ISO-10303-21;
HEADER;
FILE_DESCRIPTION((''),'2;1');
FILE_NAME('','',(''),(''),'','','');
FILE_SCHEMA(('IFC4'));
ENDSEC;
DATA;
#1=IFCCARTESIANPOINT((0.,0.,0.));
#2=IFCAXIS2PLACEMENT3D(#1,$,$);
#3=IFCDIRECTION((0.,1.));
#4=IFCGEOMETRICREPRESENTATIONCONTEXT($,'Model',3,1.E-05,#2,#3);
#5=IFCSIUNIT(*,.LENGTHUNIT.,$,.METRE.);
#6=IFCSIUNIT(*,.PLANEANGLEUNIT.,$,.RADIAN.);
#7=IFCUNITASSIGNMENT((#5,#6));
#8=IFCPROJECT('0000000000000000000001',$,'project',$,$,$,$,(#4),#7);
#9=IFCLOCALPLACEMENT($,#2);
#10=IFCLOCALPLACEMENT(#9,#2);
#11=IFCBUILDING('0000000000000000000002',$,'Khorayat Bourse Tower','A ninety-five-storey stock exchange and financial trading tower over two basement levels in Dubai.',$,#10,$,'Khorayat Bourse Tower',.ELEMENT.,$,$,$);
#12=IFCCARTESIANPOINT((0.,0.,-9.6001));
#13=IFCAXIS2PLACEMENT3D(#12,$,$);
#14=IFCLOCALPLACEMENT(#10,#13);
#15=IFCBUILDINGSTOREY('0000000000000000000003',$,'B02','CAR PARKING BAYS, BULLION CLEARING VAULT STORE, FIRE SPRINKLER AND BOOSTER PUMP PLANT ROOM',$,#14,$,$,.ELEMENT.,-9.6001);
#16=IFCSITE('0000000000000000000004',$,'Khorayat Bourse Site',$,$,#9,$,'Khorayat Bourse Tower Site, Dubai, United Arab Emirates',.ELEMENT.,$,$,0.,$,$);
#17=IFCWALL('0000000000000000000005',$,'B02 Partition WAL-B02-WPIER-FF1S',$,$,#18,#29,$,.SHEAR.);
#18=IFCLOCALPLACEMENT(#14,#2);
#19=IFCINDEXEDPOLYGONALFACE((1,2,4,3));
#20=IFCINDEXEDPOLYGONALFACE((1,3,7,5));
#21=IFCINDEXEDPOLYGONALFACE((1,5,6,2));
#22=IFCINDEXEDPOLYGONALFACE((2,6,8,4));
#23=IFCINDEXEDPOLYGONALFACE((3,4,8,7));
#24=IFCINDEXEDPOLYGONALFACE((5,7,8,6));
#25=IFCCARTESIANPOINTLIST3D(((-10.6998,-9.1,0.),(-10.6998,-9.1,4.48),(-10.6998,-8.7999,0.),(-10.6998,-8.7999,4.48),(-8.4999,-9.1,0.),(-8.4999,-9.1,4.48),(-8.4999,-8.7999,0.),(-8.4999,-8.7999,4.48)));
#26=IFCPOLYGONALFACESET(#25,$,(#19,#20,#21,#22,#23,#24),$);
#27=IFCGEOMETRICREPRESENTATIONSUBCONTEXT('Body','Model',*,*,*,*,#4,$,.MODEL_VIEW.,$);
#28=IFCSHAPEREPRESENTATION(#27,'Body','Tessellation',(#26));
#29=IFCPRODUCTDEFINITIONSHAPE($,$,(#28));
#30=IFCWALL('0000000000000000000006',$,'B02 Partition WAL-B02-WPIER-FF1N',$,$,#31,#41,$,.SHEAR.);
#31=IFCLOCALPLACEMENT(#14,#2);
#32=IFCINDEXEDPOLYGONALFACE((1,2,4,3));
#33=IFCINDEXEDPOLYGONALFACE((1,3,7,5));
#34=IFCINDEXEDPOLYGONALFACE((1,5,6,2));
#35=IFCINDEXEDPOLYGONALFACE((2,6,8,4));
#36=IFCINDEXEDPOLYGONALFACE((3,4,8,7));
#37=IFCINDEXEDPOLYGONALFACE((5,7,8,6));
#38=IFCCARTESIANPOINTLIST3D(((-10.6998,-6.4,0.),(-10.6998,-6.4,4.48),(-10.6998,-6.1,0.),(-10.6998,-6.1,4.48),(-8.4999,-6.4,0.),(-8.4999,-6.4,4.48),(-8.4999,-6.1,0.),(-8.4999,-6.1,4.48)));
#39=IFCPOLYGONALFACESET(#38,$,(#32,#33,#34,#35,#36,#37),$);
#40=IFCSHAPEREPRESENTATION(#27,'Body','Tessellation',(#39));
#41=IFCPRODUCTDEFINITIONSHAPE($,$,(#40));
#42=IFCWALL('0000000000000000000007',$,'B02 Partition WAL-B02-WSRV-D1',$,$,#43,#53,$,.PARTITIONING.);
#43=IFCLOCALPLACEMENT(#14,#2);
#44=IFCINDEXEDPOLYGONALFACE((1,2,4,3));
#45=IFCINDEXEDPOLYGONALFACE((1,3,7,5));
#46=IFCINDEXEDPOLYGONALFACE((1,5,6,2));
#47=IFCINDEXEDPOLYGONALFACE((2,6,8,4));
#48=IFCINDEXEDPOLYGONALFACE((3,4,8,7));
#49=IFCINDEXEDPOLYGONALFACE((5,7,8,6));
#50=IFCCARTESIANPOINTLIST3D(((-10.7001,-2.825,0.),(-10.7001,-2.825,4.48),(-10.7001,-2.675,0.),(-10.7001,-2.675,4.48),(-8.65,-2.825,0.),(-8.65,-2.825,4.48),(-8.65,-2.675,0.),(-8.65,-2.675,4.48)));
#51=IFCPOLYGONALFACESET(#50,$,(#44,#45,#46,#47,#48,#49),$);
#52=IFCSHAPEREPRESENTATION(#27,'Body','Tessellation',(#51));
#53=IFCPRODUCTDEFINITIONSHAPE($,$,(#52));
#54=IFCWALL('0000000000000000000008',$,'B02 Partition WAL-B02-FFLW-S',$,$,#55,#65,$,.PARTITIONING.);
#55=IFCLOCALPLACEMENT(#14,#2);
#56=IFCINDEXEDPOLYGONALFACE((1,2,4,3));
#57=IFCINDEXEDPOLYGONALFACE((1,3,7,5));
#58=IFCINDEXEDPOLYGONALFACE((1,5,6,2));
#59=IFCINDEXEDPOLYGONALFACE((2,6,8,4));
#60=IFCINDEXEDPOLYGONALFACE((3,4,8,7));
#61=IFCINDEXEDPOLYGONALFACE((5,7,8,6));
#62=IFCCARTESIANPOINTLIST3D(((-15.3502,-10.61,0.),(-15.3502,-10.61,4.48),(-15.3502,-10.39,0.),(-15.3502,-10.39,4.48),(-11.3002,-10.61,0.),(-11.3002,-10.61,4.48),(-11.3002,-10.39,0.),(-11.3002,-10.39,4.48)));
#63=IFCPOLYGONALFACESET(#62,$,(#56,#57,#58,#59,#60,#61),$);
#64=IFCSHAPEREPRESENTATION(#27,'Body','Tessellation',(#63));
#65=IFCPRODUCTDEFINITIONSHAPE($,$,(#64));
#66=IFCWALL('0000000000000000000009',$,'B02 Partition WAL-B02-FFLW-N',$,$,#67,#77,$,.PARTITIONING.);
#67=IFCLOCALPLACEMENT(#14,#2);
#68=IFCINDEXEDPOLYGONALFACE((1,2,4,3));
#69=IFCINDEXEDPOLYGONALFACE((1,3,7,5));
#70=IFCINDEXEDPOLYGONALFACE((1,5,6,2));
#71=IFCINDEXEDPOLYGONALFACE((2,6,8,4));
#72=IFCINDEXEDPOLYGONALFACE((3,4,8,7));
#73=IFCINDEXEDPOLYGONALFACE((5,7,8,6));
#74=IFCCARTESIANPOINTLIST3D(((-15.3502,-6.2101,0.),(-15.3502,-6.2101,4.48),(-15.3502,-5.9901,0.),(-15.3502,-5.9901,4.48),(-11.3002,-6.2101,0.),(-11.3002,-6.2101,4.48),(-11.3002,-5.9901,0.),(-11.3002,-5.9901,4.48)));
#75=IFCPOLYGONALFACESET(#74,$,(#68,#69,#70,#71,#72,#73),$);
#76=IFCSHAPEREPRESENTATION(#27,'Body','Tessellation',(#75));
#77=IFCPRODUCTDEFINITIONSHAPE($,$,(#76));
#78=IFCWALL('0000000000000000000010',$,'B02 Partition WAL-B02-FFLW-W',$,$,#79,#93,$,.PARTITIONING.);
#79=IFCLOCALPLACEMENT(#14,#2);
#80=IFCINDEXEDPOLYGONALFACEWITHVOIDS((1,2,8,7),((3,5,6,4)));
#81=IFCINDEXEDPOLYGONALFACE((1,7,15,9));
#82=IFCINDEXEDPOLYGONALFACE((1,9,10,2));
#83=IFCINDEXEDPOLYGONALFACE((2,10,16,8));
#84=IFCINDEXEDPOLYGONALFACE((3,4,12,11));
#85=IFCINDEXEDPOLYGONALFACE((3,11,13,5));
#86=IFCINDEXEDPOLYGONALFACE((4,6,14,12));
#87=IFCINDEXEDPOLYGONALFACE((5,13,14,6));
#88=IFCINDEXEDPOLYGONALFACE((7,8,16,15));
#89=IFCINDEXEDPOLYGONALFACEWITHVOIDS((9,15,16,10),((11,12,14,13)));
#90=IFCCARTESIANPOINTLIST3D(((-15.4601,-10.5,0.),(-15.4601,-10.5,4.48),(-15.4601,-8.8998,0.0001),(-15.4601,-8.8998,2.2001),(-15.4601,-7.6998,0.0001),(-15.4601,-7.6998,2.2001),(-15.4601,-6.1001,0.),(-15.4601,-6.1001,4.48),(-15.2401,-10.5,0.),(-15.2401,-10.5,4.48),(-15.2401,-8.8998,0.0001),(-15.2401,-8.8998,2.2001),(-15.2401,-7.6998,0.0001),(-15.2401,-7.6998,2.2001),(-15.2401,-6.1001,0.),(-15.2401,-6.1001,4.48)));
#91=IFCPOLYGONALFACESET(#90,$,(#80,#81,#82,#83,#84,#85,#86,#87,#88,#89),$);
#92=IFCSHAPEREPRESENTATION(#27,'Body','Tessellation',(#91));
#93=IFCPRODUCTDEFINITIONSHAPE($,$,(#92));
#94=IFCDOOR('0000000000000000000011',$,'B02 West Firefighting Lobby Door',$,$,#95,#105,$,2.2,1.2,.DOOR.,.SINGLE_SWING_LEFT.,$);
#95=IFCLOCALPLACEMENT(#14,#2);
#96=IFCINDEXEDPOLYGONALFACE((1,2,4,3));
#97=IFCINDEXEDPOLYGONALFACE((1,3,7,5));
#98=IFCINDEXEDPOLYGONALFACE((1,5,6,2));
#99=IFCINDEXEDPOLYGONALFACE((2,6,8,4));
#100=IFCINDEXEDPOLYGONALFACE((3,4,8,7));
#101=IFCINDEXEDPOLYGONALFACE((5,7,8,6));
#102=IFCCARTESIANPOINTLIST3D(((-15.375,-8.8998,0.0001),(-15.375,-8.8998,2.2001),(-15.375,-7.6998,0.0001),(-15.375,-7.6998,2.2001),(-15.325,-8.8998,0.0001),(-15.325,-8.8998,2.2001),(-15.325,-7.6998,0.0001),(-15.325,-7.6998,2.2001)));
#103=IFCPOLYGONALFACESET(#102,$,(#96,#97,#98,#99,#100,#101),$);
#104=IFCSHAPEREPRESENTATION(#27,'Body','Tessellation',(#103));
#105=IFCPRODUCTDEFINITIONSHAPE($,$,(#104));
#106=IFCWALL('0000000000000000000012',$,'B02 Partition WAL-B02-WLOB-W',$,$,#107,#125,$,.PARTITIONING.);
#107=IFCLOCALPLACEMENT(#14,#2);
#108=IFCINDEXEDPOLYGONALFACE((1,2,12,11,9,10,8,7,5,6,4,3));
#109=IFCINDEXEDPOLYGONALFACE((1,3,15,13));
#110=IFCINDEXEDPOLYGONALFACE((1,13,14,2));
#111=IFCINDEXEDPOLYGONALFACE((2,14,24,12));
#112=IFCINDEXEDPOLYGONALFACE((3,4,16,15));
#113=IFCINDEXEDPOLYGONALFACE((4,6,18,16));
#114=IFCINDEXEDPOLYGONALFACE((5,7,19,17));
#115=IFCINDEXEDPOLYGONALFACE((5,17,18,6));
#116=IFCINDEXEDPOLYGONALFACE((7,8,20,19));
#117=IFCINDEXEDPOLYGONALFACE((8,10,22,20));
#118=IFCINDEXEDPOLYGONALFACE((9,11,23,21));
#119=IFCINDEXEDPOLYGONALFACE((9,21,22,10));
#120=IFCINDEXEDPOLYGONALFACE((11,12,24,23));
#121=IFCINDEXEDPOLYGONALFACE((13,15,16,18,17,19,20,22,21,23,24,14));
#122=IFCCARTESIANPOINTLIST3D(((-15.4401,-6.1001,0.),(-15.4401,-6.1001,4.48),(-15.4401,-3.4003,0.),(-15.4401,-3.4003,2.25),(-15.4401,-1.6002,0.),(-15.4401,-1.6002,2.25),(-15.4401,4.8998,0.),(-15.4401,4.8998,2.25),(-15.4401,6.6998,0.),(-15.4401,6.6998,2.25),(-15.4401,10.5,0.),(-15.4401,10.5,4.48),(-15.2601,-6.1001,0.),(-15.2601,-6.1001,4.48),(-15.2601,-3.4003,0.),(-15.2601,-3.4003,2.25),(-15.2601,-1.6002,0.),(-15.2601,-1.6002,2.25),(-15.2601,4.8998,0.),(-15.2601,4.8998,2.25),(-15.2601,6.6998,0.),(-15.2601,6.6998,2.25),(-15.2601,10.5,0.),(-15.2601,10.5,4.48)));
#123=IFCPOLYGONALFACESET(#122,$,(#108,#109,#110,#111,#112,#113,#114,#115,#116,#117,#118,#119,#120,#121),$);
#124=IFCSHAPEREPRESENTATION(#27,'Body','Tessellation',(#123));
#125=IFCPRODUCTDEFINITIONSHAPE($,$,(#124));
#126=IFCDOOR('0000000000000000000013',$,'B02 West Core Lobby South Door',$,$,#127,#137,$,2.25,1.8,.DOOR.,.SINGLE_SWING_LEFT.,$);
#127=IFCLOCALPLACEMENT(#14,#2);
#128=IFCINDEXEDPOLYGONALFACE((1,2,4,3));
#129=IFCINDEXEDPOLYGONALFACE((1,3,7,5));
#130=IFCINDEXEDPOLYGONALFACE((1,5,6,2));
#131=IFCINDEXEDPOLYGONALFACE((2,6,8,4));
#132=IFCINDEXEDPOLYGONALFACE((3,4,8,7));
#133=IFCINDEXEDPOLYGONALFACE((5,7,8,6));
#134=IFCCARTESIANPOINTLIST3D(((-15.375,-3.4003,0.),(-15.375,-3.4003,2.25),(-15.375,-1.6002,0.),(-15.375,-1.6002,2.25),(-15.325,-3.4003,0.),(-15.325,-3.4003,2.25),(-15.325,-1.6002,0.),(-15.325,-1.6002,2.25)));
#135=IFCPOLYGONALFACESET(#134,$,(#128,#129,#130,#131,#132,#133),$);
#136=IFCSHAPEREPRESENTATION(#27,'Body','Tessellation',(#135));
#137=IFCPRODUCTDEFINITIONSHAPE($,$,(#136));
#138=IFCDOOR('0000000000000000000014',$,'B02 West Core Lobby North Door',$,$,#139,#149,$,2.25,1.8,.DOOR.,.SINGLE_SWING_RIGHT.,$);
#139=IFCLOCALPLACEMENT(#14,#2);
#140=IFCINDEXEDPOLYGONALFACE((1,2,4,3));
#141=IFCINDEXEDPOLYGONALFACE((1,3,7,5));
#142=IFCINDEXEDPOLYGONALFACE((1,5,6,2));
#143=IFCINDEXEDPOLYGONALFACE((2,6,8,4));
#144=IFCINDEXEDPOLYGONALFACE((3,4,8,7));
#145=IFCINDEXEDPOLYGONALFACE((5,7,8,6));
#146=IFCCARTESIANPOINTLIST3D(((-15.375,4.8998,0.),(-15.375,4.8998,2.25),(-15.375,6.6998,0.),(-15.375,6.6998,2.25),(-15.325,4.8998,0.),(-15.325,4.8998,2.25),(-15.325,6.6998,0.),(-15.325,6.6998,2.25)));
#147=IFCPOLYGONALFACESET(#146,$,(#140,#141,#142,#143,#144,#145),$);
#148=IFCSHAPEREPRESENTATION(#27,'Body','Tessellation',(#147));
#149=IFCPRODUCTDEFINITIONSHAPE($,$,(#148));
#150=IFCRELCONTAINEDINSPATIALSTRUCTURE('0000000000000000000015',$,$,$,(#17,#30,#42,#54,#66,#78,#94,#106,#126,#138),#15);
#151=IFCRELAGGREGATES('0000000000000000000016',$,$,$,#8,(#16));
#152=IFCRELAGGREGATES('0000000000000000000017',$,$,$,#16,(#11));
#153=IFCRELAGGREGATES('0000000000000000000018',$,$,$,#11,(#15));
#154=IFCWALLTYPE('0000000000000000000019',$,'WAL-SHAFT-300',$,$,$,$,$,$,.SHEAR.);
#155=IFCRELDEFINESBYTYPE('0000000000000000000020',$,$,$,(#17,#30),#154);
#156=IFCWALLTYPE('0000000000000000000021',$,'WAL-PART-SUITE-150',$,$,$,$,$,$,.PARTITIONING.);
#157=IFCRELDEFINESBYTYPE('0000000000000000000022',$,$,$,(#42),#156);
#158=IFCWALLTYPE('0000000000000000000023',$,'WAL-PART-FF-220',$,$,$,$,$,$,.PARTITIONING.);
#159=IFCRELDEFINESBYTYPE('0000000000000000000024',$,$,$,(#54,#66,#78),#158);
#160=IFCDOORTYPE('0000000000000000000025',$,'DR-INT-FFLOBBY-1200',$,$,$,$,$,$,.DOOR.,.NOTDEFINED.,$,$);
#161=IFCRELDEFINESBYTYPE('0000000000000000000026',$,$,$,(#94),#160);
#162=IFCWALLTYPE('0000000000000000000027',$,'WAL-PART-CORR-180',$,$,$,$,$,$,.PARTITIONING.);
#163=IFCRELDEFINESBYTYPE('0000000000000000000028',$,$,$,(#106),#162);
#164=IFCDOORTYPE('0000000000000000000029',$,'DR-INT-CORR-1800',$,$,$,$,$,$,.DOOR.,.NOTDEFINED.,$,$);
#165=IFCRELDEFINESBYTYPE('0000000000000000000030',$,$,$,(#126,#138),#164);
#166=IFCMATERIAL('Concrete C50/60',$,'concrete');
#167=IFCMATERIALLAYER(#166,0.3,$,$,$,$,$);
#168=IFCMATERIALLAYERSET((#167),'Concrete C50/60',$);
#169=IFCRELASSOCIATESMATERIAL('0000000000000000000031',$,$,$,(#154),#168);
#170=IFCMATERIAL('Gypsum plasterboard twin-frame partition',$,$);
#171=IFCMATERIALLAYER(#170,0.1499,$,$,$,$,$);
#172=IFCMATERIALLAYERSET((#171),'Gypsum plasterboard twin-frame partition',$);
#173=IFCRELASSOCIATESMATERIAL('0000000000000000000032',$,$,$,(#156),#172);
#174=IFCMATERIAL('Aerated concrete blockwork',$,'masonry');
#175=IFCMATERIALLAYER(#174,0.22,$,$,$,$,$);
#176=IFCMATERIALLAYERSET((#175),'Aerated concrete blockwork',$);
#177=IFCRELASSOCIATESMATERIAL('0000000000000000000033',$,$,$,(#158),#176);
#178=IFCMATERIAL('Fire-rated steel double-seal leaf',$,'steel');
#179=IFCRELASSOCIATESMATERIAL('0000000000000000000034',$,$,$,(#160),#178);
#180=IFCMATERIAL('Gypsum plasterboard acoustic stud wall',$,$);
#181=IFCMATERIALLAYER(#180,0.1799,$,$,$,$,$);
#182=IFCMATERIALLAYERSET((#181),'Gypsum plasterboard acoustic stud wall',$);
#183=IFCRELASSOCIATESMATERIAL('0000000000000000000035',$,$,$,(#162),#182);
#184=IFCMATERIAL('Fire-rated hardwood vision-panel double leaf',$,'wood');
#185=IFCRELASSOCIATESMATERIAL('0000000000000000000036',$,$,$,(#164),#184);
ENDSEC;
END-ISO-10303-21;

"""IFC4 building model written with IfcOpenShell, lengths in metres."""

from ifc_helpers import new_model, si_unit, direction, frame, frame_2d, origin, place, context, subcontext, project, spatial, rectangle, extrude, source, transform, mapped, material, layer, layer_set, type_object, element, fill, save


model = new_model("IFC4")

# Units and contexts
model_context = context("Model", 3, precision=1e-05, world=origin(), true_north=direction((0.0, 1.0)))
body_context = subcontext(model_context, "Body", "Model", "MODEL_VIEW")
ifc_project = project(units=[si_unit("LENGTHUNIT", "METRE"), si_unit("PLANEANGLEUNIT", "RADIAN")], contexts=[model_context])

# Site, building, storey
site_placement = place(None, origin())
site = spatial("IfcSite", under=ifc_project, at=site_placement, Name="Khorayat Bourse Site", LongName="Khorayat Bourse Tower Site, Dubai, United Arab Emirates", CompositionType="ELEMENT", RefElevation=0.0)
building_placement = place(site_placement, origin())
building = spatial("IfcBuilding", under=site, at=building_placement, Name="Khorayat Bourse Tower", Description="A ninety-five-storey stock exchange and financial trading tower over two basement levels in Dubai.", LongName="Khorayat Bourse Tower", CompositionType="ELEMENT")
storey_placement = place(building_placement, frame((0.0, 0.0, -9.6001)))
storey = spatial("IfcBuildingStorey", under=building, at=storey_placement, Name="B02", Description="CAR PARKING BAYS, BULLION CLEARING VAULT STORE, FIRE SPRINKLER AND BOOSTER PUMP PLANT ROOM", CompositionType="ELEMENT", Elevation=-9.6001)

# Shared definitions
ifc_material_1 = material(Name="Concrete C50/60", Category="concrete")

# Walls
ifc_layer_1 = layer(ifc_material_1, 0.3)
ifc_layer_set_1 = layer_set([ifc_layer_1], Name="Concrete C50/60")
wall_type_1 = type_object("IfcWallType", Name="WAL-SHAFT-300", PredefinedType="SHEAR", material=ifc_layer_set_1)
shared_shape_1 = source(origin(), body_context, "Body", "SweptSolid", [
    extrude(rectangle(XDim=2.2, YDim=0.3, at=frame_2d((1.1001, 0.0))), origin(), (0.0, 0.0, 1.0), 4.48),
])
for number, where, z_axis, x_axis, name in (
    (1, (-10.7, -8.95, 0.0), (0.0, 0.0, 1.0), (1.0, 0.0, 0.0), "B02 Partition WAL-B02-WPIER-FF1S"),
    (2, (-10.7, -6.25, 0.0), (0.0, 0.0, 1.0), (1.0, 0.0, 0.0), "B02 Partition WAL-B02-WPIER-FF1N"),
):
    element("IfcWall", number, at=place(storey_placement, frame(where, z_axis=z_axis, x_axis=x_axis)), inside=storey, type_object=wall_type_1, Name=name, PredefinedType="SHEAR", context=body_context, shape_type="MappedRepresentation", body=[
        mapped(shared_shape_1, transform((0.0, 0.0, 0.0), scale=1.0)),
    ])
ifc_material_2 = material(Name="Gypsum plasterboard twin-frame partition")
ifc_layer_2 = layer(ifc_material_2, 0.1499)
ifc_layer_set_2 = layer_set([ifc_layer_2], Name="Gypsum plasterboard twin-frame partition")
wall_type_2 = type_object("IfcWallType", Name="WAL-PART-SUITE-150", PredefinedType="PARTITIONING", material=ifc_layer_set_2)
shared_shape_2 = source(origin(), body_context, "Body", "SweptSolid", [
    extrude(rectangle(XDim=2.05, YDim=0.1499, at=frame_2d((1.0249, 0.0))), origin(), (0.0, 0.0, 1.0), 4.48),
])
wall_1_placement = place(storey_placement, frame((-10.7, -2.75, 0.0), z_axis=(0.0, 0.0, 1.0), x_axis=(1.0, 0.0, 0.0)))
element("IfcWall", 3, at=wall_1_placement, inside=storey, type_object=wall_type_2, Name="B02 Partition WAL-B02-WSRV-D1", PredefinedType="PARTITIONING", context=body_context, shape_type="MappedRepresentation", body=[
    mapped(shared_shape_2, transform((0.0, 0.0, 0.0), scale=1.0)),
])
ifc_material_3 = material(Name="Aerated concrete blockwork", Category="masonry")
ifc_layer_3 = layer(ifc_material_3, 0.22)
ifc_layer_set_3 = layer_set([ifc_layer_3], Name="Aerated concrete blockwork")
wall_type_3 = type_object("IfcWallType", Name="WAL-PART-FF-220", PredefinedType="PARTITIONING", material=ifc_layer_set_3)
shared_shape_3 = source(origin(), body_context, "Body", "SweptSolid", [
    extrude(rectangle(XDim=4.05, YDim=0.22, at=frame_2d((2.0249, 0.0))), origin(), (0.0, 0.0, 1.0), 4.48),
])
for number, where, z_axis, x_axis, name in (
    (4, (-15.3501, -10.5, 0.0), (0.0, 0.0, 1.0), (1.0, 0.0, 0.0), "B02 Partition WAL-B02-FFLW-S"),
    (5, (-15.3501, -6.1001, 0.0), (0.0, 0.0, 1.0), (1.0, 0.0, 0.0), "B02 Partition WAL-B02-FFLW-N"),
):
    element("IfcWall", number, at=place(storey_placement, frame(where, z_axis=z_axis, x_axis=x_axis)), inside=storey, type_object=wall_type_3, Name=name, PredefinedType="PARTITIONING", context=body_context, shape_type="MappedRepresentation", body=[
        mapped(shared_shape_3, transform((0.0, 0.0, 0.0), scale=1.0)),
    ])

# Wall, opening, door
shared_shape_4 = source(origin(), body_context, "Body", "SweptSolid", [
    extrude(rectangle(XDim=4.3999, YDim=0.22, at=frame_2d((2.2, 0.0))), origin(), (0.0, 0.0, 1.0), 4.48),
])
wall_2_placement = place(storey_placement, frame((-15.3501, -10.5, 0.0), z_axis=(0.0, 0.0, 1.0), x_axis=(0.0, 1.0, 0.0)))
wall_2 = element("IfcWall", 6, at=wall_2_placement, inside=storey, type_object=wall_type_3, Name="B02 Partition WAL-B02-FFLW-W", PredefinedType="PARTITIONING", context=body_context, shape_type="MappedRepresentation", body=[
    mapped(shared_shape_4, transform((0.0, 0.0, 0.0), scale=1.0)),
])
shared_shape_5 = source(origin(), body_context, "Body", "SweptSolid", [
    extrude(rectangle(XDim=1.2, YDim=2.2, at=frame_2d((0.6001, 1.1001))), frame((0.0, 0.1199, 0.0), z_axis=(0.0, -1.0, 0.0), x_axis=(1.0, 0.0, 0.0)), (0.0, 0.0, 1.0), 0.24),
])
opening_1_placement = place(wall_2_placement, frame((1.6001, 0.0, 0.0)))
opening_1 = element("IfcOpeningElement", 7, at=opening_1_placement, cuts=wall_2, PredefinedType="OPENING", context=body_context, shape_type="MappedRepresentation", body=[
    mapped(shared_shape_5, transform((0.0, 0.0, 0.0), scale=1.0)),
])
ifc_material_4 = material(Name="Fire-rated steel double-seal leaf", Category="steel")
door_type_1 = type_object("IfcDoorType", Name="DR-INT-FFLOBBY-1200", OperationType="NOTDEFINED", PredefinedType="DOOR", material=ifc_material_4)
shared_shape_6 = source(origin(), body_context, "Body", "SweptSolid", [
    extrude(rectangle(XDim=1.2, YDim=2.2, at=frame_2d((0.6001, 1.1001))), frame((0.0, 0.0249, 0.0), z_axis=(0.0, -1.0, 0.0), x_axis=(1.0, 0.0, 0.0)), (0.0, 0.0, 1.0), 0.05),
])
door_1_placement = place(opening_1_placement, origin())
door_1 = element("IfcDoor", 8, at=door_1_placement, inside=storey, type_object=door_type_1, Name="B02 West Firefighting Lobby Door", OperationType="SINGLE_SWING_LEFT", OverallHeight=2.2, OverallWidth=1.2, PredefinedType="DOOR", context=body_context, shape_type="MappedRepresentation", body=[
    mapped(shared_shape_6, transform((0.0, 0.0, 0.0), scale=1.0)),
])
fill(opening_1, door_1)

# Wall, openings, doors
ifc_material_5 = material(Name="Gypsum plasterboard acoustic stud wall")
ifc_layer_4 = layer(ifc_material_5, 0.1799)
ifc_layer_set_4 = layer_set([ifc_layer_4], Name="Gypsum plasterboard acoustic stud wall")
wall_type_4 = type_object("IfcWallType", Name="WAL-PART-CORR-180", PredefinedType="PARTITIONING", material=ifc_layer_set_4)
shared_shape_7 = source(origin(), body_context, "Body", "SweptSolid", [
    extrude(rectangle(XDim=16.6001, YDim=0.1799, at=frame_2d((8.3, 0.0))), origin(), (0.0, 0.0, 1.0), 4.48),
])
wall_3_placement = place(storey_placement, frame((-15.3501, -6.1001, 0.0), z_axis=(0.0, 0.0, 1.0), x_axis=(0.0, 1.0, 0.0)))
wall_3 = element("IfcWall", 9, at=wall_3_placement, inside=storey, type_object=wall_type_4, Name="B02 Partition WAL-B02-WLOB-W", PredefinedType="PARTITIONING", context=body_context, shape_type="MappedRepresentation", body=[
    mapped(shared_shape_7, transform((0.0, 0.0, 0.0), scale=1.0)),
])
shared_shape_8 = source(origin(), body_context, "Body", "SweptSolid", [
    extrude(rectangle(XDim=1.8, YDim=2.25, at=frame_2d((0.8999, 1.125))), frame((0.0, 0.0999, 0.0), z_axis=(0.0, -1.0, 0.0), x_axis=(1.0, 0.0, 0.0)), (0.0, 0.0, 1.0), 0.2),
])
opening_2_placement = place(wall_3_placement, frame((2.7, 0.0, 0.0)))
opening_2 = element("IfcOpeningElement", 10, at=opening_2_placement, cuts=wall_3, PredefinedType="OPENING", context=body_context, shape_type="MappedRepresentation", body=[
    mapped(shared_shape_8, transform((0.0, 0.0, 0.0), scale=1.0)),
])
opening_3_placement = place(wall_3_placement, frame((11.0, 0.0, 0.0)))
opening_3 = element("IfcOpeningElement", 11, at=opening_3_placement, cuts=wall_3, PredefinedType="OPENING", context=body_context, shape_type="MappedRepresentation", body=[
    mapped(shared_shape_8, transform((0.0, 0.0, 0.0), scale=1.0)),
])
ifc_material_6 = material(Name="Fire-rated hardwood vision-panel double leaf", Category="wood")
door_type_2 = type_object("IfcDoorType", Name="DR-INT-CORR-1800", OperationType="NOTDEFINED", PredefinedType="DOOR", material=ifc_material_6)
shared_shape_9 = source(origin(), body_context, "Body", "SweptSolid", [
    extrude(rectangle(XDim=1.8, YDim=2.25, at=frame_2d((0.8999, 1.125))), frame((0.0, 0.0249, 0.0), z_axis=(0.0, -1.0, 0.0), x_axis=(1.0, 0.0, 0.0)), (0.0, 0.0, 1.0), 0.05),
])
door_2_placement = place(opening_2_placement, origin())
door_2 = element("IfcDoor", 12, at=door_2_placement, inside=storey, type_object=door_type_2, Name="B02 West Core Lobby South Door", OperationType="SINGLE_SWING_LEFT", OverallHeight=2.25, OverallWidth=1.8, PredefinedType="DOOR", context=body_context, shape_type="MappedRepresentation", body=[
    mapped(shared_shape_9, transform((0.0, 0.0, 0.0), scale=1.0)),
])
fill(opening_2, door_2)
door_3_placement = place(opening_3_placement, origin())
door_3 = element("IfcDoor", 13, at=door_3_placement, inside=storey, type_object=door_type_2, Name="B02 West Core Lobby North Door", OperationType="SINGLE_SWING_RIGHT", OverallHeight=2.25, OverallWidth=1.8, PredefinedType="DOOR", context=body_context, shape_type="MappedRepresentation", body=[
    mapped(shared_shape_9, transform((0.0, 0.0, 0.0), scale=1.0)),
])
fill(opening_3, door_3)

save(model, "model.ifc")
